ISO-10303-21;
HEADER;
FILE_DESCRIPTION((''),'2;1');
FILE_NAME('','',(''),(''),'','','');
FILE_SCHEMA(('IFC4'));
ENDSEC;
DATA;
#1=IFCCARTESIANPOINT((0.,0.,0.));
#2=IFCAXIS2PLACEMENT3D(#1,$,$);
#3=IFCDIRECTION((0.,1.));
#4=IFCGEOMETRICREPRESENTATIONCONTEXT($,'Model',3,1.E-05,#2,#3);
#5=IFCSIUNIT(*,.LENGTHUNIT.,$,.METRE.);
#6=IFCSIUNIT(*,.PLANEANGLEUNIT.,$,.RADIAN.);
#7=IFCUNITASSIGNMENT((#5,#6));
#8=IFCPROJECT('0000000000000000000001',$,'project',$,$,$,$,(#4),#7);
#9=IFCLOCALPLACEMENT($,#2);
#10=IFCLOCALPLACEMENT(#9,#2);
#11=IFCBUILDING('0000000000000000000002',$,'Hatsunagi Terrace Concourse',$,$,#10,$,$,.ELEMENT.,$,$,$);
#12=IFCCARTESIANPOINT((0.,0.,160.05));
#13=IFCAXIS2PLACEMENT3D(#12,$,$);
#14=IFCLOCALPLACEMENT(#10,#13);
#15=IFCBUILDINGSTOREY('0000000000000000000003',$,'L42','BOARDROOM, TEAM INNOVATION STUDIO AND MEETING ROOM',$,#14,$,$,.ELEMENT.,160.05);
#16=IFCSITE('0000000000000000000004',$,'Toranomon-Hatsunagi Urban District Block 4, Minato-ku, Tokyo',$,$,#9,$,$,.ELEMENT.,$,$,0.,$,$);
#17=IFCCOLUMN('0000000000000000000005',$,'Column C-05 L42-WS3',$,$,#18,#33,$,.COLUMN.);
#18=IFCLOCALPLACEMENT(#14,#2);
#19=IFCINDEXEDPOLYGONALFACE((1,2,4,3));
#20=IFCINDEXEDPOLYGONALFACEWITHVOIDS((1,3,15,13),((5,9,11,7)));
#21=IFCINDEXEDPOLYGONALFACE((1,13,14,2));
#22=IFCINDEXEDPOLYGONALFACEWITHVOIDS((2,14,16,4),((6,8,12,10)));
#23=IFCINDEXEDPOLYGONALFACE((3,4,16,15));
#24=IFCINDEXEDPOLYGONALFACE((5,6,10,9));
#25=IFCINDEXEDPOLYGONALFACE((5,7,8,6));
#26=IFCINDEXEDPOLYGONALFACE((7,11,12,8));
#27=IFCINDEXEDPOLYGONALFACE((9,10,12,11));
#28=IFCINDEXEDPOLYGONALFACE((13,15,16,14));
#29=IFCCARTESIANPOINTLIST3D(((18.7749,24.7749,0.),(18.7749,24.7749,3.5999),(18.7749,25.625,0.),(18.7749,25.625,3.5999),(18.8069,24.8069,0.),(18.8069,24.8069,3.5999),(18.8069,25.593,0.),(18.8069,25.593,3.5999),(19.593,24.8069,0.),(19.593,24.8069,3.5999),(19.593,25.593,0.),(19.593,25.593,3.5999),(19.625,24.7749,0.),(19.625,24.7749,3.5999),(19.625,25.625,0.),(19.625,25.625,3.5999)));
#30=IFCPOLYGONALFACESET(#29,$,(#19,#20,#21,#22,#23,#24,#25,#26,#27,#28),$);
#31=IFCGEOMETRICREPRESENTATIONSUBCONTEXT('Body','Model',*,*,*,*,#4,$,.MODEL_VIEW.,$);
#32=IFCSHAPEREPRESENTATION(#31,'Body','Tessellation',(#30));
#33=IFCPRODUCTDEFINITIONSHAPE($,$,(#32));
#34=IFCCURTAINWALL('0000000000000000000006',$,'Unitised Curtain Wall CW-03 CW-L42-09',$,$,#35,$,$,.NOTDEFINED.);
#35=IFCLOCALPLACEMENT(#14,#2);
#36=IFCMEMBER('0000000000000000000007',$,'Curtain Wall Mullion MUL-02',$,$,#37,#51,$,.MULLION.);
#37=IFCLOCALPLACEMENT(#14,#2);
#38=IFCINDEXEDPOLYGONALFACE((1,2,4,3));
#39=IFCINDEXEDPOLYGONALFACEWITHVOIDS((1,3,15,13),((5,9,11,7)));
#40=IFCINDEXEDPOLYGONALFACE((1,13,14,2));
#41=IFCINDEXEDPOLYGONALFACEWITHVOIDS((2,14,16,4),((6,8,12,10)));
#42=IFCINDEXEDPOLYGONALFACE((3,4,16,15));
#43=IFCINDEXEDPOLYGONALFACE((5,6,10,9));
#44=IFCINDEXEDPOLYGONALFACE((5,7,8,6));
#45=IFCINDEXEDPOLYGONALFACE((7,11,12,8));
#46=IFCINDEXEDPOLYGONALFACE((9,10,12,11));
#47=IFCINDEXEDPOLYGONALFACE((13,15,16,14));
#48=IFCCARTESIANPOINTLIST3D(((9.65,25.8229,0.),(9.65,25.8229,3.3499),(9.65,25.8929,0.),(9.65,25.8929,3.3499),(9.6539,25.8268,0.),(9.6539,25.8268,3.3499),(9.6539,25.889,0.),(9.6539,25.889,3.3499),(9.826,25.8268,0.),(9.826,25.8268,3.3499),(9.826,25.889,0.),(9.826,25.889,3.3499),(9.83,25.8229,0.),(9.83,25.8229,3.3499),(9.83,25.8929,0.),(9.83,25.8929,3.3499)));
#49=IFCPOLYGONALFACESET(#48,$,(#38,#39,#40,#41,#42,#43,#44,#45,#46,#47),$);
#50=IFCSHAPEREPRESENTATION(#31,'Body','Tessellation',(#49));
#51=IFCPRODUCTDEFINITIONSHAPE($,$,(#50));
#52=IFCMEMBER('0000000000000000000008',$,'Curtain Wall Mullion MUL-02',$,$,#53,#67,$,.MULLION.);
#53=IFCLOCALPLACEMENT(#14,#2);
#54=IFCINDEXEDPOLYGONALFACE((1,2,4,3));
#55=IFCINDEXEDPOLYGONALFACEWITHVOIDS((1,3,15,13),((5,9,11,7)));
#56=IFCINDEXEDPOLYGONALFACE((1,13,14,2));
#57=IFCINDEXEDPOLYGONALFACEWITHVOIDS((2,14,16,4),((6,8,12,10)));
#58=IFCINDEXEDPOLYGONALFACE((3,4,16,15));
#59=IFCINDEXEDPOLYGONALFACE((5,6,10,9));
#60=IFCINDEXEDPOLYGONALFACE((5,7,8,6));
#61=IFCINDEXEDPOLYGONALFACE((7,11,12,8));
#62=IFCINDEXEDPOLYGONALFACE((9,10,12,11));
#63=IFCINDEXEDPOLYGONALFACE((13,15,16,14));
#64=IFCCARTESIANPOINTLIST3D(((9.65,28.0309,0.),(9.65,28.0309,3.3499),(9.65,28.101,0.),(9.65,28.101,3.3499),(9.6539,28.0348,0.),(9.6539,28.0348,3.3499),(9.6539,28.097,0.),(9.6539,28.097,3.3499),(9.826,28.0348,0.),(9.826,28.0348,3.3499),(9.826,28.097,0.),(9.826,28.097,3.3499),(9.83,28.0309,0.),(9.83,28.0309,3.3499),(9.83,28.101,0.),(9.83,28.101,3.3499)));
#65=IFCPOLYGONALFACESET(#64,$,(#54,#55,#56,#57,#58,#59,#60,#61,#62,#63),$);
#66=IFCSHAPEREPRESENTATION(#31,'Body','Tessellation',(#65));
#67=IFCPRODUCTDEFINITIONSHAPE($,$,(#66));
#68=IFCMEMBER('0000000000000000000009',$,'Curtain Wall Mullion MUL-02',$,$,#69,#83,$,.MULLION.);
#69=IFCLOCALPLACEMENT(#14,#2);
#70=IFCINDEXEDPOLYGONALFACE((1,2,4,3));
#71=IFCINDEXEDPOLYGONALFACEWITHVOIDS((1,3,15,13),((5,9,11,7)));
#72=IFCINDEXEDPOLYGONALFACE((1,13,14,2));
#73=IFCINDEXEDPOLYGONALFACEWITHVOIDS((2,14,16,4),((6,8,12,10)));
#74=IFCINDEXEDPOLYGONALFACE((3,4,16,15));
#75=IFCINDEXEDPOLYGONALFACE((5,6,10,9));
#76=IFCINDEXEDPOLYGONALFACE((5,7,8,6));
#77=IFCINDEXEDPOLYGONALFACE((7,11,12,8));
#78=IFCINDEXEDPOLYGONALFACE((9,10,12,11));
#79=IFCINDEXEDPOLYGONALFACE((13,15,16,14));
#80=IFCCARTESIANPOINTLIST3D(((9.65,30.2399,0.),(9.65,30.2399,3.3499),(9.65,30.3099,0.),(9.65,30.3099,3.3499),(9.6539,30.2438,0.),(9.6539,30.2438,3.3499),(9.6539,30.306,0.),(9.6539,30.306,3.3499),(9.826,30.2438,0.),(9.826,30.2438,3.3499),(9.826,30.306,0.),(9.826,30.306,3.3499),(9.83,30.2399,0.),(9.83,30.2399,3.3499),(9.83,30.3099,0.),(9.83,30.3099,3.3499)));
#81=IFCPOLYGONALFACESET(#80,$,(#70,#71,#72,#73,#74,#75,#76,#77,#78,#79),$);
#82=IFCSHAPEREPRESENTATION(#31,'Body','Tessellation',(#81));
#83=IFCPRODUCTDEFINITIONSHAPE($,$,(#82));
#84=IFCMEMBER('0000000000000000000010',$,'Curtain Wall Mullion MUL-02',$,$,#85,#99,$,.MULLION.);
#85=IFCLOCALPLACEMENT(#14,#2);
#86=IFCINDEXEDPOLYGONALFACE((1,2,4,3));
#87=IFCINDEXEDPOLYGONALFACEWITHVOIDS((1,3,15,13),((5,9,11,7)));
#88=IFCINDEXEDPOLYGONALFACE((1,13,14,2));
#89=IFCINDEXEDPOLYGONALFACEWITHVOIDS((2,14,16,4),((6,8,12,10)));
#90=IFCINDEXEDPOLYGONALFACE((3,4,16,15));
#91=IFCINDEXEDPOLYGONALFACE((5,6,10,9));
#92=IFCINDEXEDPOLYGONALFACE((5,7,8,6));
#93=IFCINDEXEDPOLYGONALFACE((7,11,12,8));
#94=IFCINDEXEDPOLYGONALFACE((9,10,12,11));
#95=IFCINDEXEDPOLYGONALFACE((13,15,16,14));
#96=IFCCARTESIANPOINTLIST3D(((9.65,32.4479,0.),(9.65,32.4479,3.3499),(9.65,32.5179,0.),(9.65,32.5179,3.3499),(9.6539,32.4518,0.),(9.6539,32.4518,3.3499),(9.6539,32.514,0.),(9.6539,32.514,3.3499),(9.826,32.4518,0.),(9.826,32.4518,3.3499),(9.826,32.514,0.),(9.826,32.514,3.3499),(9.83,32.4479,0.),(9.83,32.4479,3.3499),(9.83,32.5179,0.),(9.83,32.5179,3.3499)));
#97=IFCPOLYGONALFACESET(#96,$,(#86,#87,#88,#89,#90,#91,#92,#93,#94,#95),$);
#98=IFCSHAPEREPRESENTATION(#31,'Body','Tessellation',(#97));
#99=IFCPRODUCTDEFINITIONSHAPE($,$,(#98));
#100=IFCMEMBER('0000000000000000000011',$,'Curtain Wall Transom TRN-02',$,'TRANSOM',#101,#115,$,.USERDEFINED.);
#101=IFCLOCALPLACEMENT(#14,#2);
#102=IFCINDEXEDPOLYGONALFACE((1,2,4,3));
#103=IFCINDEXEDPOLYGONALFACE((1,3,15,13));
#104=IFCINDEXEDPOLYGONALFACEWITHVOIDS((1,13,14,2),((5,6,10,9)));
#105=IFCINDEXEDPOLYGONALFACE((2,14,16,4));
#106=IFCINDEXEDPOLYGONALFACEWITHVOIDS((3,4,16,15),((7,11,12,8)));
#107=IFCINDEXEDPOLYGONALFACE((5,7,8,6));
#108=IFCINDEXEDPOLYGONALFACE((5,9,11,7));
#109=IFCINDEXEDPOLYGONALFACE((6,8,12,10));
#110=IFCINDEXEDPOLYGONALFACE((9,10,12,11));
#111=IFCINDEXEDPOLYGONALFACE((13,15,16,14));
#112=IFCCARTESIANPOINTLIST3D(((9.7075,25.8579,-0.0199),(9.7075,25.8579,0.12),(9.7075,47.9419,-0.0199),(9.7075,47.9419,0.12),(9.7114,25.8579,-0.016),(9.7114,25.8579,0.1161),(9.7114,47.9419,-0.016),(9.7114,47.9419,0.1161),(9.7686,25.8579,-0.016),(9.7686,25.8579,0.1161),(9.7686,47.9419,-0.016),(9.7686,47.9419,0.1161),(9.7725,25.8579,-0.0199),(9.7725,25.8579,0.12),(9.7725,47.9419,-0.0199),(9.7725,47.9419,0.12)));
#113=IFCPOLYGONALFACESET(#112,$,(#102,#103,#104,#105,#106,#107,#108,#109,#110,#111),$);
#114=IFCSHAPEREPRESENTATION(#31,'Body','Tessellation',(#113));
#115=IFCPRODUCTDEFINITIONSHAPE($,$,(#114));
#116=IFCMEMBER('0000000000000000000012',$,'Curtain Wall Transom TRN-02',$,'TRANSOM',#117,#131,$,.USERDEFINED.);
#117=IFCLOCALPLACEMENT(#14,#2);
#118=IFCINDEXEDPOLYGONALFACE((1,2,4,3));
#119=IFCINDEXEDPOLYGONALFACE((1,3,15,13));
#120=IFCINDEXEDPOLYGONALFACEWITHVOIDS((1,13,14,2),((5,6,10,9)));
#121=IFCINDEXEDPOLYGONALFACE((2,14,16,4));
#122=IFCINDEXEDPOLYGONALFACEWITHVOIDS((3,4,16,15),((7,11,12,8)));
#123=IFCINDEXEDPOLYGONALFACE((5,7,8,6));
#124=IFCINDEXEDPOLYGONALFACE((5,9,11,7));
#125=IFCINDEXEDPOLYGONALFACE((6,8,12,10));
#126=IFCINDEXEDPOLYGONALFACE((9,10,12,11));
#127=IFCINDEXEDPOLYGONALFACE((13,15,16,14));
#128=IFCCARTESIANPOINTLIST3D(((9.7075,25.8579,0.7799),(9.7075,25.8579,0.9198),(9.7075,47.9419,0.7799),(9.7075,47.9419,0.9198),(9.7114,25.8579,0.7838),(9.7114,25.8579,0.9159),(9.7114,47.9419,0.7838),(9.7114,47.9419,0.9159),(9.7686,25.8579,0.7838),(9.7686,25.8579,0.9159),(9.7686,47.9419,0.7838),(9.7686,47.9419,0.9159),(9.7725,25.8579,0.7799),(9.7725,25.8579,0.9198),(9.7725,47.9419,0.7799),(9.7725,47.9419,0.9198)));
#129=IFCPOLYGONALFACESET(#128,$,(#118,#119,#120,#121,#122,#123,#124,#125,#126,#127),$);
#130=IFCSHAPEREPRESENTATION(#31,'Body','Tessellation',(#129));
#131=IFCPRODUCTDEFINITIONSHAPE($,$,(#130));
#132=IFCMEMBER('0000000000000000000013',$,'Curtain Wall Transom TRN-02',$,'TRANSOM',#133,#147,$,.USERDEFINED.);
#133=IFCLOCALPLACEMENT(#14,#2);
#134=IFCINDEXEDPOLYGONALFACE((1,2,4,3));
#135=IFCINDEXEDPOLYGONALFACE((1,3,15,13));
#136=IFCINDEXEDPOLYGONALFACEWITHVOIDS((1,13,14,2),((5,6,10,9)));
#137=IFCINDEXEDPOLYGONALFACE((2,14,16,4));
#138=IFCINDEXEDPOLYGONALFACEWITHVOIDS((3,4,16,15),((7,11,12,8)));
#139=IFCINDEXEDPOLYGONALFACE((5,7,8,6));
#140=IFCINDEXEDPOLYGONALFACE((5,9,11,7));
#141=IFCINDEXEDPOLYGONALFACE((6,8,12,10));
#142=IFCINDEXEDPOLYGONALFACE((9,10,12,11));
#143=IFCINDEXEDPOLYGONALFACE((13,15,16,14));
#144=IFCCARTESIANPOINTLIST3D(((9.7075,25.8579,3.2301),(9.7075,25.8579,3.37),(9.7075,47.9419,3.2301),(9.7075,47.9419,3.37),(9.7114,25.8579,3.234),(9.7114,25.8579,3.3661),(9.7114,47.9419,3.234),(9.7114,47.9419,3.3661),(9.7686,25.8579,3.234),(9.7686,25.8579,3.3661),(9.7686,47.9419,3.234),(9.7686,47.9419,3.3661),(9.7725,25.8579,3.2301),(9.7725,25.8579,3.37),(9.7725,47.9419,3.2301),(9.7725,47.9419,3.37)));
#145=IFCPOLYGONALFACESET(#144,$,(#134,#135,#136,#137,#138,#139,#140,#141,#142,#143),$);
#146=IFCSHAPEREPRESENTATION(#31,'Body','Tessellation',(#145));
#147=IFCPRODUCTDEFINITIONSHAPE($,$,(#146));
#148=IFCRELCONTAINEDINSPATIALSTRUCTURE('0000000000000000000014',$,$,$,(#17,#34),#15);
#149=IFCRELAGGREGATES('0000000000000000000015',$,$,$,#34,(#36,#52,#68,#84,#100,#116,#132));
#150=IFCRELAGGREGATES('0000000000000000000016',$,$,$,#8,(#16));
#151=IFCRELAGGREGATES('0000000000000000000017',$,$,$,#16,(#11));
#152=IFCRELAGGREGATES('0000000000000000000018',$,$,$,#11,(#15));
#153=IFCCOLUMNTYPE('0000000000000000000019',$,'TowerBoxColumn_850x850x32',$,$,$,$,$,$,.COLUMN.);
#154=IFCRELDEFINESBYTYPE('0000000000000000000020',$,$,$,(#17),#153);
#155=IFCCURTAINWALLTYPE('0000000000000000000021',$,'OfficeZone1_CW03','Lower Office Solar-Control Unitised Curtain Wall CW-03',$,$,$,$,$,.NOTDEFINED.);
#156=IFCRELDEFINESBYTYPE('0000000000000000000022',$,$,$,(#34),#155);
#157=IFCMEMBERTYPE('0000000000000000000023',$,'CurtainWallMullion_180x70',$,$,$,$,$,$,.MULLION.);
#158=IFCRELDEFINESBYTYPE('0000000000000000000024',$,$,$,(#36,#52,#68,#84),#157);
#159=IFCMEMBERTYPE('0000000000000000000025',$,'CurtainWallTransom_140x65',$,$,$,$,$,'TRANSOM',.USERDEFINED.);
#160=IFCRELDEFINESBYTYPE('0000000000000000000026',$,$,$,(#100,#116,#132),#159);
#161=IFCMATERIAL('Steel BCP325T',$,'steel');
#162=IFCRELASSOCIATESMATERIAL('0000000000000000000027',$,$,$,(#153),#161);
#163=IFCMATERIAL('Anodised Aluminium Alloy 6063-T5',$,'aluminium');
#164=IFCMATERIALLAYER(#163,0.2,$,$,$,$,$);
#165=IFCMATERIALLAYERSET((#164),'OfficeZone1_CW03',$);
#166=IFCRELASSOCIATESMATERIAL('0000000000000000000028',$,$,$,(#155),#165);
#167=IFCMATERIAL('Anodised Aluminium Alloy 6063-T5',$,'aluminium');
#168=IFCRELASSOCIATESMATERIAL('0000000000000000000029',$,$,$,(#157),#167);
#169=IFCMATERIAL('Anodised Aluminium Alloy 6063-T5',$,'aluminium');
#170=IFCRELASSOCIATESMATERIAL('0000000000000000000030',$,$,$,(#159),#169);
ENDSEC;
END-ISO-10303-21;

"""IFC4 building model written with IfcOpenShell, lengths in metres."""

from ifc_helpers import new_model, si_unit, direction, frame, origin, origin_2d, place, context, subcontext, project, spatial, hollow_rectangle, extrude, material, layer, layer_set, material_profile, profile_set, type_object, element, aggregate, save


model = new_model("IFC4")

# Units and contexts
model_context = context("Model", 3, precision=1e-05, world=origin(), true_north=direction((0.0, 1.0)))
body_context = subcontext(model_context, "Body", "Model", "MODEL_VIEW")
ifc_project = project(units=[si_unit("LENGTHUNIT", "METRE"), si_unit("PLANEANGLEUNIT", "RADIAN")], contexts=[model_context])

# Site, building, storey
site_placement = place(None, origin())
site = spatial("IfcSite", under=ifc_project, at=site_placement, Name="Toranomon-Hatsunagi Urban District Block 4, Minato-ku, Tokyo", CompositionType="ELEMENT", RefElevation=0.0)
building_placement = place(site_placement, origin())
building = spatial("IfcBuilding", under=site, at=building_placement, Name="Hatsunagi Terrace Concourse", CompositionType="ELEMENT")
storey_placement = place(building_placement, frame((0.0, 0.0, 160.05)))
storey = spatial("IfcBuildingStorey", under=building, at=storey_placement, Name="L42", Description="BOARDROOM, TEAM INNOVATION STUDIO AND MEETING ROOM", CompositionType="ELEMENT", Elevation=160.05)

# Column
ifc_material_1 = material(Name="Steel BCP325T", Category="steel")
ifc_material_profile_1 = material_profile(ifc_material_1, hollow_rectangle(XDim=0.8501, YDim=0.8501, WallThickness=0.032, at=origin_2d()), Name="BCP-850x850x32")
ifc_profile_set_1 = profile_set([ifc_material_profile_1], Name="Steel BCP325T")
column_type = type_object("IfcColumnType", Name="TowerBoxColumn_850x850x32", PredefinedType="COLUMN", material=ifc_profile_set_1)
column_placement = place(storey_placement, frame((19.2, 25.2, 0.0), z_axis=(0.0, 0.0, 1.0), x_axis=(1.0, 0.0, 0.0)))
element("IfcColumn", 1, at=column_placement, inside=storey, type_object=column_type, Name="Column C-05 L42-WS3", PredefinedType="COLUMN", context=body_context, shape_type="SweptSolid", body=[
    extrude(hollow_rectangle(XDim=0.8501, YDim=0.8501, WallThickness=0.032, at=origin_2d()), origin(), (0.0, 0.0, 1.0), 3.5999),
])

# Curtain wall, members
ifc_material_2 = material(Name="Anodised Aluminium Alloy 6063-T5", Category="aluminium")
ifc_layer_1 = layer(ifc_material_2, 0.2)
ifc_layer_set_1 = layer_set([ifc_layer_1], Name="OfficeZone1_CW03")
curtain_wall_type = type_object("IfcCurtainWallType", Name="OfficeZone1_CW03", Description="Lower Office Solar-Control Unitised Curtain Wall CW-03", PredefinedType="NOTDEFINED", material=ifc_layer_set_1)
curtain_wall_placement = place(storey_placement, origin())
curtain_wall = element("IfcCurtainWall", 2, at=curtain_wall_placement, inside=storey, type_object=curtain_wall_type, Name="Unitised Curtain Wall CW-03 CW-L42-09", PredefinedType="NOTDEFINED")
ifc_material_3 = material(Name="Anodised Aluminium Alloy 6063-T5", Category="aluminium")
ifc_material_profile_2 = material_profile(ifc_material_3, hollow_rectangle(XDim=0.0701, YDim=0.1799, WallThickness=0.0039, at=origin_2d()), Name="ALU-MUL-180x70x4")
ifc_profile_set_2 = profile_set([ifc_material_profile_2], Name="Anodised Aluminium Alloy 6063-T5")
member_type_1 = type_object("IfcMemberType", Name="CurtainWallMullion_180x70", PredefinedType="MULLION", material=ifc_profile_set_2)
member_1_placement = place(storey_placement, frame((9.74, 25.8579, 0.0), z_axis=(0.0, 0.0, 1.0), x_axis=(0.0, 1.0, 0.0)))
member_1 = element("IfcMember", 3, at=member_1_placement, type_object=member_type_1, Name="Curtain Wall Mullion MUL-02", PredefinedType="MULLION", context=body_context, shape_type="SweptSolid", body=[
    extrude(hollow_rectangle(XDim=0.0701, YDim=0.1799, WallThickness=0.0039, at=origin_2d()), origin(), (0.0, 0.0, 1.0), 3.3499),
])
member_2_placement = place(storey_placement, frame((9.74, 28.0659, 0.0), z_axis=(0.0, 0.0, 1.0), x_axis=(0.0, 1.0, 0.0)))
member_2 = element("IfcMember", 4, at=member_2_placement, type_object=member_type_1, Name="Curtain Wall Mullion MUL-02", PredefinedType="MULLION", context=body_context, shape_type="SweptSolid", body=[
    extrude(hollow_rectangle(XDim=0.0701, YDim=0.1799, WallThickness=0.0039, at=origin_2d()), origin(), (0.0, 0.0, 1.0), 3.3499),
])
member_3_placement = place(storey_placement, frame((9.74, 30.2749, 0.0), z_axis=(0.0, 0.0, 1.0), x_axis=(0.0, 1.0, 0.0)))
member_3 = element("IfcMember", 5, at=member_3_placement, type_object=member_type_1, Name="Curtain Wall Mullion MUL-02", PredefinedType="MULLION", context=body_context, shape_type="SweptSolid", body=[
    extrude(hollow_rectangle(XDim=0.0701, YDim=0.1799, WallThickness=0.0039, at=origin_2d()), origin(), (0.0, 0.0, 1.0), 3.3499),
])
member_4_placement = place(storey_placement, frame((9.74, 32.4829, 0.0), z_axis=(0.0, 0.0, 1.0), x_axis=(0.0, 1.0, 0.0)))
member_4 = element("IfcMember", 6, at=member_4_placement, type_object=member_type_1, Name="Curtain Wall Mullion MUL-02", PredefinedType="MULLION", context=body_context, shape_type="SweptSolid", body=[
    extrude(hollow_rectangle(XDim=0.0701, YDim=0.1799, WallThickness=0.0039, at=origin_2d()), origin(), (0.0, 0.0, 1.0), 3.3499),
])
ifc_material_4 = material(Name="Anodised Aluminium Alloy 6063-T5", Category="aluminium")
ifc_material_profile_3 = material_profile(ifc_material_4, hollow_rectangle(XDim=0.0649, YDim=0.1399, WallThickness=0.0039, at=origin_2d()), Name="ALU-TRN-140x65x4")
ifc_profile_set_3 = profile_set([ifc_material_profile_3], Name="Anodised Aluminium Alloy 6063-T5")
member_type_2 = type_object("IfcMemberType", Name="CurtainWallTransom_140x65", ElementType="TRANSOM", PredefinedType="USERDEFINED", material=ifc_profile_set_3)
member_5_placement = place(storey_placement, frame((9.74, 25.8579, 0.05), z_axis=(0.0, 1.0, 0.0), x_axis=(-1.0, 0.0, 0.0)))
member_5 = element("IfcMember", 7, at=member_5_placement, type_object=member_type_2, Name="Curtain Wall Transom TRN-02", ObjectType="TRANSOM", PredefinedType="USERDEFINED", context=body_context, shape_type="SweptSolid", body=[
    extrude(hollow_rectangle(XDim=0.0649, YDim=0.1399, WallThickness=0.0039, at=origin_2d()), origin(), (0.0, 0.0, 1.0), 22.084),
])
member_6_placement = place(storey_placement, frame((9.74, 25.8579, 0.8499), z_axis=(0.0, 1.0, 0.0), x_axis=(-1.0, 0.0, 0.0)))
member_6 = element("IfcMember", 8, at=member_6_placement, type_object=member_type_2, Name="Curtain Wall Transom TRN-02", ObjectType="TRANSOM", PredefinedType="USERDEFINED", context=body_context, shape_type="SweptSolid", body=[
    extrude(hollow_rectangle(XDim=0.0649, YDim=0.1399, WallThickness=0.0039, at=origin_2d()), origin(), (0.0, 0.0, 1.0), 22.084),
])
member_7_placement = place(storey_placement, frame((9.74, 25.8579, 3.3), z_axis=(0.0, 1.0, 0.0), x_axis=(-1.0, 0.0, 0.0)))
member_7 = element("IfcMember", 9, at=member_7_placement, type_object=member_type_2, Name="Curtain Wall Transom TRN-02", ObjectType="TRANSOM", PredefinedType="USERDEFINED", context=body_context, shape_type="SweptSolid", body=[
    extrude(hollow_rectangle(XDim=0.0649, YDim=0.1399, WallThickness=0.0039, at=origin_2d()), origin(), (0.0, 0.0, 1.0), 22.084),
])

aggregate(curtain_wall, [member_1, member_2, member_3, member_4, member_5, member_6, member_7])

save(model, "model.ifc")
